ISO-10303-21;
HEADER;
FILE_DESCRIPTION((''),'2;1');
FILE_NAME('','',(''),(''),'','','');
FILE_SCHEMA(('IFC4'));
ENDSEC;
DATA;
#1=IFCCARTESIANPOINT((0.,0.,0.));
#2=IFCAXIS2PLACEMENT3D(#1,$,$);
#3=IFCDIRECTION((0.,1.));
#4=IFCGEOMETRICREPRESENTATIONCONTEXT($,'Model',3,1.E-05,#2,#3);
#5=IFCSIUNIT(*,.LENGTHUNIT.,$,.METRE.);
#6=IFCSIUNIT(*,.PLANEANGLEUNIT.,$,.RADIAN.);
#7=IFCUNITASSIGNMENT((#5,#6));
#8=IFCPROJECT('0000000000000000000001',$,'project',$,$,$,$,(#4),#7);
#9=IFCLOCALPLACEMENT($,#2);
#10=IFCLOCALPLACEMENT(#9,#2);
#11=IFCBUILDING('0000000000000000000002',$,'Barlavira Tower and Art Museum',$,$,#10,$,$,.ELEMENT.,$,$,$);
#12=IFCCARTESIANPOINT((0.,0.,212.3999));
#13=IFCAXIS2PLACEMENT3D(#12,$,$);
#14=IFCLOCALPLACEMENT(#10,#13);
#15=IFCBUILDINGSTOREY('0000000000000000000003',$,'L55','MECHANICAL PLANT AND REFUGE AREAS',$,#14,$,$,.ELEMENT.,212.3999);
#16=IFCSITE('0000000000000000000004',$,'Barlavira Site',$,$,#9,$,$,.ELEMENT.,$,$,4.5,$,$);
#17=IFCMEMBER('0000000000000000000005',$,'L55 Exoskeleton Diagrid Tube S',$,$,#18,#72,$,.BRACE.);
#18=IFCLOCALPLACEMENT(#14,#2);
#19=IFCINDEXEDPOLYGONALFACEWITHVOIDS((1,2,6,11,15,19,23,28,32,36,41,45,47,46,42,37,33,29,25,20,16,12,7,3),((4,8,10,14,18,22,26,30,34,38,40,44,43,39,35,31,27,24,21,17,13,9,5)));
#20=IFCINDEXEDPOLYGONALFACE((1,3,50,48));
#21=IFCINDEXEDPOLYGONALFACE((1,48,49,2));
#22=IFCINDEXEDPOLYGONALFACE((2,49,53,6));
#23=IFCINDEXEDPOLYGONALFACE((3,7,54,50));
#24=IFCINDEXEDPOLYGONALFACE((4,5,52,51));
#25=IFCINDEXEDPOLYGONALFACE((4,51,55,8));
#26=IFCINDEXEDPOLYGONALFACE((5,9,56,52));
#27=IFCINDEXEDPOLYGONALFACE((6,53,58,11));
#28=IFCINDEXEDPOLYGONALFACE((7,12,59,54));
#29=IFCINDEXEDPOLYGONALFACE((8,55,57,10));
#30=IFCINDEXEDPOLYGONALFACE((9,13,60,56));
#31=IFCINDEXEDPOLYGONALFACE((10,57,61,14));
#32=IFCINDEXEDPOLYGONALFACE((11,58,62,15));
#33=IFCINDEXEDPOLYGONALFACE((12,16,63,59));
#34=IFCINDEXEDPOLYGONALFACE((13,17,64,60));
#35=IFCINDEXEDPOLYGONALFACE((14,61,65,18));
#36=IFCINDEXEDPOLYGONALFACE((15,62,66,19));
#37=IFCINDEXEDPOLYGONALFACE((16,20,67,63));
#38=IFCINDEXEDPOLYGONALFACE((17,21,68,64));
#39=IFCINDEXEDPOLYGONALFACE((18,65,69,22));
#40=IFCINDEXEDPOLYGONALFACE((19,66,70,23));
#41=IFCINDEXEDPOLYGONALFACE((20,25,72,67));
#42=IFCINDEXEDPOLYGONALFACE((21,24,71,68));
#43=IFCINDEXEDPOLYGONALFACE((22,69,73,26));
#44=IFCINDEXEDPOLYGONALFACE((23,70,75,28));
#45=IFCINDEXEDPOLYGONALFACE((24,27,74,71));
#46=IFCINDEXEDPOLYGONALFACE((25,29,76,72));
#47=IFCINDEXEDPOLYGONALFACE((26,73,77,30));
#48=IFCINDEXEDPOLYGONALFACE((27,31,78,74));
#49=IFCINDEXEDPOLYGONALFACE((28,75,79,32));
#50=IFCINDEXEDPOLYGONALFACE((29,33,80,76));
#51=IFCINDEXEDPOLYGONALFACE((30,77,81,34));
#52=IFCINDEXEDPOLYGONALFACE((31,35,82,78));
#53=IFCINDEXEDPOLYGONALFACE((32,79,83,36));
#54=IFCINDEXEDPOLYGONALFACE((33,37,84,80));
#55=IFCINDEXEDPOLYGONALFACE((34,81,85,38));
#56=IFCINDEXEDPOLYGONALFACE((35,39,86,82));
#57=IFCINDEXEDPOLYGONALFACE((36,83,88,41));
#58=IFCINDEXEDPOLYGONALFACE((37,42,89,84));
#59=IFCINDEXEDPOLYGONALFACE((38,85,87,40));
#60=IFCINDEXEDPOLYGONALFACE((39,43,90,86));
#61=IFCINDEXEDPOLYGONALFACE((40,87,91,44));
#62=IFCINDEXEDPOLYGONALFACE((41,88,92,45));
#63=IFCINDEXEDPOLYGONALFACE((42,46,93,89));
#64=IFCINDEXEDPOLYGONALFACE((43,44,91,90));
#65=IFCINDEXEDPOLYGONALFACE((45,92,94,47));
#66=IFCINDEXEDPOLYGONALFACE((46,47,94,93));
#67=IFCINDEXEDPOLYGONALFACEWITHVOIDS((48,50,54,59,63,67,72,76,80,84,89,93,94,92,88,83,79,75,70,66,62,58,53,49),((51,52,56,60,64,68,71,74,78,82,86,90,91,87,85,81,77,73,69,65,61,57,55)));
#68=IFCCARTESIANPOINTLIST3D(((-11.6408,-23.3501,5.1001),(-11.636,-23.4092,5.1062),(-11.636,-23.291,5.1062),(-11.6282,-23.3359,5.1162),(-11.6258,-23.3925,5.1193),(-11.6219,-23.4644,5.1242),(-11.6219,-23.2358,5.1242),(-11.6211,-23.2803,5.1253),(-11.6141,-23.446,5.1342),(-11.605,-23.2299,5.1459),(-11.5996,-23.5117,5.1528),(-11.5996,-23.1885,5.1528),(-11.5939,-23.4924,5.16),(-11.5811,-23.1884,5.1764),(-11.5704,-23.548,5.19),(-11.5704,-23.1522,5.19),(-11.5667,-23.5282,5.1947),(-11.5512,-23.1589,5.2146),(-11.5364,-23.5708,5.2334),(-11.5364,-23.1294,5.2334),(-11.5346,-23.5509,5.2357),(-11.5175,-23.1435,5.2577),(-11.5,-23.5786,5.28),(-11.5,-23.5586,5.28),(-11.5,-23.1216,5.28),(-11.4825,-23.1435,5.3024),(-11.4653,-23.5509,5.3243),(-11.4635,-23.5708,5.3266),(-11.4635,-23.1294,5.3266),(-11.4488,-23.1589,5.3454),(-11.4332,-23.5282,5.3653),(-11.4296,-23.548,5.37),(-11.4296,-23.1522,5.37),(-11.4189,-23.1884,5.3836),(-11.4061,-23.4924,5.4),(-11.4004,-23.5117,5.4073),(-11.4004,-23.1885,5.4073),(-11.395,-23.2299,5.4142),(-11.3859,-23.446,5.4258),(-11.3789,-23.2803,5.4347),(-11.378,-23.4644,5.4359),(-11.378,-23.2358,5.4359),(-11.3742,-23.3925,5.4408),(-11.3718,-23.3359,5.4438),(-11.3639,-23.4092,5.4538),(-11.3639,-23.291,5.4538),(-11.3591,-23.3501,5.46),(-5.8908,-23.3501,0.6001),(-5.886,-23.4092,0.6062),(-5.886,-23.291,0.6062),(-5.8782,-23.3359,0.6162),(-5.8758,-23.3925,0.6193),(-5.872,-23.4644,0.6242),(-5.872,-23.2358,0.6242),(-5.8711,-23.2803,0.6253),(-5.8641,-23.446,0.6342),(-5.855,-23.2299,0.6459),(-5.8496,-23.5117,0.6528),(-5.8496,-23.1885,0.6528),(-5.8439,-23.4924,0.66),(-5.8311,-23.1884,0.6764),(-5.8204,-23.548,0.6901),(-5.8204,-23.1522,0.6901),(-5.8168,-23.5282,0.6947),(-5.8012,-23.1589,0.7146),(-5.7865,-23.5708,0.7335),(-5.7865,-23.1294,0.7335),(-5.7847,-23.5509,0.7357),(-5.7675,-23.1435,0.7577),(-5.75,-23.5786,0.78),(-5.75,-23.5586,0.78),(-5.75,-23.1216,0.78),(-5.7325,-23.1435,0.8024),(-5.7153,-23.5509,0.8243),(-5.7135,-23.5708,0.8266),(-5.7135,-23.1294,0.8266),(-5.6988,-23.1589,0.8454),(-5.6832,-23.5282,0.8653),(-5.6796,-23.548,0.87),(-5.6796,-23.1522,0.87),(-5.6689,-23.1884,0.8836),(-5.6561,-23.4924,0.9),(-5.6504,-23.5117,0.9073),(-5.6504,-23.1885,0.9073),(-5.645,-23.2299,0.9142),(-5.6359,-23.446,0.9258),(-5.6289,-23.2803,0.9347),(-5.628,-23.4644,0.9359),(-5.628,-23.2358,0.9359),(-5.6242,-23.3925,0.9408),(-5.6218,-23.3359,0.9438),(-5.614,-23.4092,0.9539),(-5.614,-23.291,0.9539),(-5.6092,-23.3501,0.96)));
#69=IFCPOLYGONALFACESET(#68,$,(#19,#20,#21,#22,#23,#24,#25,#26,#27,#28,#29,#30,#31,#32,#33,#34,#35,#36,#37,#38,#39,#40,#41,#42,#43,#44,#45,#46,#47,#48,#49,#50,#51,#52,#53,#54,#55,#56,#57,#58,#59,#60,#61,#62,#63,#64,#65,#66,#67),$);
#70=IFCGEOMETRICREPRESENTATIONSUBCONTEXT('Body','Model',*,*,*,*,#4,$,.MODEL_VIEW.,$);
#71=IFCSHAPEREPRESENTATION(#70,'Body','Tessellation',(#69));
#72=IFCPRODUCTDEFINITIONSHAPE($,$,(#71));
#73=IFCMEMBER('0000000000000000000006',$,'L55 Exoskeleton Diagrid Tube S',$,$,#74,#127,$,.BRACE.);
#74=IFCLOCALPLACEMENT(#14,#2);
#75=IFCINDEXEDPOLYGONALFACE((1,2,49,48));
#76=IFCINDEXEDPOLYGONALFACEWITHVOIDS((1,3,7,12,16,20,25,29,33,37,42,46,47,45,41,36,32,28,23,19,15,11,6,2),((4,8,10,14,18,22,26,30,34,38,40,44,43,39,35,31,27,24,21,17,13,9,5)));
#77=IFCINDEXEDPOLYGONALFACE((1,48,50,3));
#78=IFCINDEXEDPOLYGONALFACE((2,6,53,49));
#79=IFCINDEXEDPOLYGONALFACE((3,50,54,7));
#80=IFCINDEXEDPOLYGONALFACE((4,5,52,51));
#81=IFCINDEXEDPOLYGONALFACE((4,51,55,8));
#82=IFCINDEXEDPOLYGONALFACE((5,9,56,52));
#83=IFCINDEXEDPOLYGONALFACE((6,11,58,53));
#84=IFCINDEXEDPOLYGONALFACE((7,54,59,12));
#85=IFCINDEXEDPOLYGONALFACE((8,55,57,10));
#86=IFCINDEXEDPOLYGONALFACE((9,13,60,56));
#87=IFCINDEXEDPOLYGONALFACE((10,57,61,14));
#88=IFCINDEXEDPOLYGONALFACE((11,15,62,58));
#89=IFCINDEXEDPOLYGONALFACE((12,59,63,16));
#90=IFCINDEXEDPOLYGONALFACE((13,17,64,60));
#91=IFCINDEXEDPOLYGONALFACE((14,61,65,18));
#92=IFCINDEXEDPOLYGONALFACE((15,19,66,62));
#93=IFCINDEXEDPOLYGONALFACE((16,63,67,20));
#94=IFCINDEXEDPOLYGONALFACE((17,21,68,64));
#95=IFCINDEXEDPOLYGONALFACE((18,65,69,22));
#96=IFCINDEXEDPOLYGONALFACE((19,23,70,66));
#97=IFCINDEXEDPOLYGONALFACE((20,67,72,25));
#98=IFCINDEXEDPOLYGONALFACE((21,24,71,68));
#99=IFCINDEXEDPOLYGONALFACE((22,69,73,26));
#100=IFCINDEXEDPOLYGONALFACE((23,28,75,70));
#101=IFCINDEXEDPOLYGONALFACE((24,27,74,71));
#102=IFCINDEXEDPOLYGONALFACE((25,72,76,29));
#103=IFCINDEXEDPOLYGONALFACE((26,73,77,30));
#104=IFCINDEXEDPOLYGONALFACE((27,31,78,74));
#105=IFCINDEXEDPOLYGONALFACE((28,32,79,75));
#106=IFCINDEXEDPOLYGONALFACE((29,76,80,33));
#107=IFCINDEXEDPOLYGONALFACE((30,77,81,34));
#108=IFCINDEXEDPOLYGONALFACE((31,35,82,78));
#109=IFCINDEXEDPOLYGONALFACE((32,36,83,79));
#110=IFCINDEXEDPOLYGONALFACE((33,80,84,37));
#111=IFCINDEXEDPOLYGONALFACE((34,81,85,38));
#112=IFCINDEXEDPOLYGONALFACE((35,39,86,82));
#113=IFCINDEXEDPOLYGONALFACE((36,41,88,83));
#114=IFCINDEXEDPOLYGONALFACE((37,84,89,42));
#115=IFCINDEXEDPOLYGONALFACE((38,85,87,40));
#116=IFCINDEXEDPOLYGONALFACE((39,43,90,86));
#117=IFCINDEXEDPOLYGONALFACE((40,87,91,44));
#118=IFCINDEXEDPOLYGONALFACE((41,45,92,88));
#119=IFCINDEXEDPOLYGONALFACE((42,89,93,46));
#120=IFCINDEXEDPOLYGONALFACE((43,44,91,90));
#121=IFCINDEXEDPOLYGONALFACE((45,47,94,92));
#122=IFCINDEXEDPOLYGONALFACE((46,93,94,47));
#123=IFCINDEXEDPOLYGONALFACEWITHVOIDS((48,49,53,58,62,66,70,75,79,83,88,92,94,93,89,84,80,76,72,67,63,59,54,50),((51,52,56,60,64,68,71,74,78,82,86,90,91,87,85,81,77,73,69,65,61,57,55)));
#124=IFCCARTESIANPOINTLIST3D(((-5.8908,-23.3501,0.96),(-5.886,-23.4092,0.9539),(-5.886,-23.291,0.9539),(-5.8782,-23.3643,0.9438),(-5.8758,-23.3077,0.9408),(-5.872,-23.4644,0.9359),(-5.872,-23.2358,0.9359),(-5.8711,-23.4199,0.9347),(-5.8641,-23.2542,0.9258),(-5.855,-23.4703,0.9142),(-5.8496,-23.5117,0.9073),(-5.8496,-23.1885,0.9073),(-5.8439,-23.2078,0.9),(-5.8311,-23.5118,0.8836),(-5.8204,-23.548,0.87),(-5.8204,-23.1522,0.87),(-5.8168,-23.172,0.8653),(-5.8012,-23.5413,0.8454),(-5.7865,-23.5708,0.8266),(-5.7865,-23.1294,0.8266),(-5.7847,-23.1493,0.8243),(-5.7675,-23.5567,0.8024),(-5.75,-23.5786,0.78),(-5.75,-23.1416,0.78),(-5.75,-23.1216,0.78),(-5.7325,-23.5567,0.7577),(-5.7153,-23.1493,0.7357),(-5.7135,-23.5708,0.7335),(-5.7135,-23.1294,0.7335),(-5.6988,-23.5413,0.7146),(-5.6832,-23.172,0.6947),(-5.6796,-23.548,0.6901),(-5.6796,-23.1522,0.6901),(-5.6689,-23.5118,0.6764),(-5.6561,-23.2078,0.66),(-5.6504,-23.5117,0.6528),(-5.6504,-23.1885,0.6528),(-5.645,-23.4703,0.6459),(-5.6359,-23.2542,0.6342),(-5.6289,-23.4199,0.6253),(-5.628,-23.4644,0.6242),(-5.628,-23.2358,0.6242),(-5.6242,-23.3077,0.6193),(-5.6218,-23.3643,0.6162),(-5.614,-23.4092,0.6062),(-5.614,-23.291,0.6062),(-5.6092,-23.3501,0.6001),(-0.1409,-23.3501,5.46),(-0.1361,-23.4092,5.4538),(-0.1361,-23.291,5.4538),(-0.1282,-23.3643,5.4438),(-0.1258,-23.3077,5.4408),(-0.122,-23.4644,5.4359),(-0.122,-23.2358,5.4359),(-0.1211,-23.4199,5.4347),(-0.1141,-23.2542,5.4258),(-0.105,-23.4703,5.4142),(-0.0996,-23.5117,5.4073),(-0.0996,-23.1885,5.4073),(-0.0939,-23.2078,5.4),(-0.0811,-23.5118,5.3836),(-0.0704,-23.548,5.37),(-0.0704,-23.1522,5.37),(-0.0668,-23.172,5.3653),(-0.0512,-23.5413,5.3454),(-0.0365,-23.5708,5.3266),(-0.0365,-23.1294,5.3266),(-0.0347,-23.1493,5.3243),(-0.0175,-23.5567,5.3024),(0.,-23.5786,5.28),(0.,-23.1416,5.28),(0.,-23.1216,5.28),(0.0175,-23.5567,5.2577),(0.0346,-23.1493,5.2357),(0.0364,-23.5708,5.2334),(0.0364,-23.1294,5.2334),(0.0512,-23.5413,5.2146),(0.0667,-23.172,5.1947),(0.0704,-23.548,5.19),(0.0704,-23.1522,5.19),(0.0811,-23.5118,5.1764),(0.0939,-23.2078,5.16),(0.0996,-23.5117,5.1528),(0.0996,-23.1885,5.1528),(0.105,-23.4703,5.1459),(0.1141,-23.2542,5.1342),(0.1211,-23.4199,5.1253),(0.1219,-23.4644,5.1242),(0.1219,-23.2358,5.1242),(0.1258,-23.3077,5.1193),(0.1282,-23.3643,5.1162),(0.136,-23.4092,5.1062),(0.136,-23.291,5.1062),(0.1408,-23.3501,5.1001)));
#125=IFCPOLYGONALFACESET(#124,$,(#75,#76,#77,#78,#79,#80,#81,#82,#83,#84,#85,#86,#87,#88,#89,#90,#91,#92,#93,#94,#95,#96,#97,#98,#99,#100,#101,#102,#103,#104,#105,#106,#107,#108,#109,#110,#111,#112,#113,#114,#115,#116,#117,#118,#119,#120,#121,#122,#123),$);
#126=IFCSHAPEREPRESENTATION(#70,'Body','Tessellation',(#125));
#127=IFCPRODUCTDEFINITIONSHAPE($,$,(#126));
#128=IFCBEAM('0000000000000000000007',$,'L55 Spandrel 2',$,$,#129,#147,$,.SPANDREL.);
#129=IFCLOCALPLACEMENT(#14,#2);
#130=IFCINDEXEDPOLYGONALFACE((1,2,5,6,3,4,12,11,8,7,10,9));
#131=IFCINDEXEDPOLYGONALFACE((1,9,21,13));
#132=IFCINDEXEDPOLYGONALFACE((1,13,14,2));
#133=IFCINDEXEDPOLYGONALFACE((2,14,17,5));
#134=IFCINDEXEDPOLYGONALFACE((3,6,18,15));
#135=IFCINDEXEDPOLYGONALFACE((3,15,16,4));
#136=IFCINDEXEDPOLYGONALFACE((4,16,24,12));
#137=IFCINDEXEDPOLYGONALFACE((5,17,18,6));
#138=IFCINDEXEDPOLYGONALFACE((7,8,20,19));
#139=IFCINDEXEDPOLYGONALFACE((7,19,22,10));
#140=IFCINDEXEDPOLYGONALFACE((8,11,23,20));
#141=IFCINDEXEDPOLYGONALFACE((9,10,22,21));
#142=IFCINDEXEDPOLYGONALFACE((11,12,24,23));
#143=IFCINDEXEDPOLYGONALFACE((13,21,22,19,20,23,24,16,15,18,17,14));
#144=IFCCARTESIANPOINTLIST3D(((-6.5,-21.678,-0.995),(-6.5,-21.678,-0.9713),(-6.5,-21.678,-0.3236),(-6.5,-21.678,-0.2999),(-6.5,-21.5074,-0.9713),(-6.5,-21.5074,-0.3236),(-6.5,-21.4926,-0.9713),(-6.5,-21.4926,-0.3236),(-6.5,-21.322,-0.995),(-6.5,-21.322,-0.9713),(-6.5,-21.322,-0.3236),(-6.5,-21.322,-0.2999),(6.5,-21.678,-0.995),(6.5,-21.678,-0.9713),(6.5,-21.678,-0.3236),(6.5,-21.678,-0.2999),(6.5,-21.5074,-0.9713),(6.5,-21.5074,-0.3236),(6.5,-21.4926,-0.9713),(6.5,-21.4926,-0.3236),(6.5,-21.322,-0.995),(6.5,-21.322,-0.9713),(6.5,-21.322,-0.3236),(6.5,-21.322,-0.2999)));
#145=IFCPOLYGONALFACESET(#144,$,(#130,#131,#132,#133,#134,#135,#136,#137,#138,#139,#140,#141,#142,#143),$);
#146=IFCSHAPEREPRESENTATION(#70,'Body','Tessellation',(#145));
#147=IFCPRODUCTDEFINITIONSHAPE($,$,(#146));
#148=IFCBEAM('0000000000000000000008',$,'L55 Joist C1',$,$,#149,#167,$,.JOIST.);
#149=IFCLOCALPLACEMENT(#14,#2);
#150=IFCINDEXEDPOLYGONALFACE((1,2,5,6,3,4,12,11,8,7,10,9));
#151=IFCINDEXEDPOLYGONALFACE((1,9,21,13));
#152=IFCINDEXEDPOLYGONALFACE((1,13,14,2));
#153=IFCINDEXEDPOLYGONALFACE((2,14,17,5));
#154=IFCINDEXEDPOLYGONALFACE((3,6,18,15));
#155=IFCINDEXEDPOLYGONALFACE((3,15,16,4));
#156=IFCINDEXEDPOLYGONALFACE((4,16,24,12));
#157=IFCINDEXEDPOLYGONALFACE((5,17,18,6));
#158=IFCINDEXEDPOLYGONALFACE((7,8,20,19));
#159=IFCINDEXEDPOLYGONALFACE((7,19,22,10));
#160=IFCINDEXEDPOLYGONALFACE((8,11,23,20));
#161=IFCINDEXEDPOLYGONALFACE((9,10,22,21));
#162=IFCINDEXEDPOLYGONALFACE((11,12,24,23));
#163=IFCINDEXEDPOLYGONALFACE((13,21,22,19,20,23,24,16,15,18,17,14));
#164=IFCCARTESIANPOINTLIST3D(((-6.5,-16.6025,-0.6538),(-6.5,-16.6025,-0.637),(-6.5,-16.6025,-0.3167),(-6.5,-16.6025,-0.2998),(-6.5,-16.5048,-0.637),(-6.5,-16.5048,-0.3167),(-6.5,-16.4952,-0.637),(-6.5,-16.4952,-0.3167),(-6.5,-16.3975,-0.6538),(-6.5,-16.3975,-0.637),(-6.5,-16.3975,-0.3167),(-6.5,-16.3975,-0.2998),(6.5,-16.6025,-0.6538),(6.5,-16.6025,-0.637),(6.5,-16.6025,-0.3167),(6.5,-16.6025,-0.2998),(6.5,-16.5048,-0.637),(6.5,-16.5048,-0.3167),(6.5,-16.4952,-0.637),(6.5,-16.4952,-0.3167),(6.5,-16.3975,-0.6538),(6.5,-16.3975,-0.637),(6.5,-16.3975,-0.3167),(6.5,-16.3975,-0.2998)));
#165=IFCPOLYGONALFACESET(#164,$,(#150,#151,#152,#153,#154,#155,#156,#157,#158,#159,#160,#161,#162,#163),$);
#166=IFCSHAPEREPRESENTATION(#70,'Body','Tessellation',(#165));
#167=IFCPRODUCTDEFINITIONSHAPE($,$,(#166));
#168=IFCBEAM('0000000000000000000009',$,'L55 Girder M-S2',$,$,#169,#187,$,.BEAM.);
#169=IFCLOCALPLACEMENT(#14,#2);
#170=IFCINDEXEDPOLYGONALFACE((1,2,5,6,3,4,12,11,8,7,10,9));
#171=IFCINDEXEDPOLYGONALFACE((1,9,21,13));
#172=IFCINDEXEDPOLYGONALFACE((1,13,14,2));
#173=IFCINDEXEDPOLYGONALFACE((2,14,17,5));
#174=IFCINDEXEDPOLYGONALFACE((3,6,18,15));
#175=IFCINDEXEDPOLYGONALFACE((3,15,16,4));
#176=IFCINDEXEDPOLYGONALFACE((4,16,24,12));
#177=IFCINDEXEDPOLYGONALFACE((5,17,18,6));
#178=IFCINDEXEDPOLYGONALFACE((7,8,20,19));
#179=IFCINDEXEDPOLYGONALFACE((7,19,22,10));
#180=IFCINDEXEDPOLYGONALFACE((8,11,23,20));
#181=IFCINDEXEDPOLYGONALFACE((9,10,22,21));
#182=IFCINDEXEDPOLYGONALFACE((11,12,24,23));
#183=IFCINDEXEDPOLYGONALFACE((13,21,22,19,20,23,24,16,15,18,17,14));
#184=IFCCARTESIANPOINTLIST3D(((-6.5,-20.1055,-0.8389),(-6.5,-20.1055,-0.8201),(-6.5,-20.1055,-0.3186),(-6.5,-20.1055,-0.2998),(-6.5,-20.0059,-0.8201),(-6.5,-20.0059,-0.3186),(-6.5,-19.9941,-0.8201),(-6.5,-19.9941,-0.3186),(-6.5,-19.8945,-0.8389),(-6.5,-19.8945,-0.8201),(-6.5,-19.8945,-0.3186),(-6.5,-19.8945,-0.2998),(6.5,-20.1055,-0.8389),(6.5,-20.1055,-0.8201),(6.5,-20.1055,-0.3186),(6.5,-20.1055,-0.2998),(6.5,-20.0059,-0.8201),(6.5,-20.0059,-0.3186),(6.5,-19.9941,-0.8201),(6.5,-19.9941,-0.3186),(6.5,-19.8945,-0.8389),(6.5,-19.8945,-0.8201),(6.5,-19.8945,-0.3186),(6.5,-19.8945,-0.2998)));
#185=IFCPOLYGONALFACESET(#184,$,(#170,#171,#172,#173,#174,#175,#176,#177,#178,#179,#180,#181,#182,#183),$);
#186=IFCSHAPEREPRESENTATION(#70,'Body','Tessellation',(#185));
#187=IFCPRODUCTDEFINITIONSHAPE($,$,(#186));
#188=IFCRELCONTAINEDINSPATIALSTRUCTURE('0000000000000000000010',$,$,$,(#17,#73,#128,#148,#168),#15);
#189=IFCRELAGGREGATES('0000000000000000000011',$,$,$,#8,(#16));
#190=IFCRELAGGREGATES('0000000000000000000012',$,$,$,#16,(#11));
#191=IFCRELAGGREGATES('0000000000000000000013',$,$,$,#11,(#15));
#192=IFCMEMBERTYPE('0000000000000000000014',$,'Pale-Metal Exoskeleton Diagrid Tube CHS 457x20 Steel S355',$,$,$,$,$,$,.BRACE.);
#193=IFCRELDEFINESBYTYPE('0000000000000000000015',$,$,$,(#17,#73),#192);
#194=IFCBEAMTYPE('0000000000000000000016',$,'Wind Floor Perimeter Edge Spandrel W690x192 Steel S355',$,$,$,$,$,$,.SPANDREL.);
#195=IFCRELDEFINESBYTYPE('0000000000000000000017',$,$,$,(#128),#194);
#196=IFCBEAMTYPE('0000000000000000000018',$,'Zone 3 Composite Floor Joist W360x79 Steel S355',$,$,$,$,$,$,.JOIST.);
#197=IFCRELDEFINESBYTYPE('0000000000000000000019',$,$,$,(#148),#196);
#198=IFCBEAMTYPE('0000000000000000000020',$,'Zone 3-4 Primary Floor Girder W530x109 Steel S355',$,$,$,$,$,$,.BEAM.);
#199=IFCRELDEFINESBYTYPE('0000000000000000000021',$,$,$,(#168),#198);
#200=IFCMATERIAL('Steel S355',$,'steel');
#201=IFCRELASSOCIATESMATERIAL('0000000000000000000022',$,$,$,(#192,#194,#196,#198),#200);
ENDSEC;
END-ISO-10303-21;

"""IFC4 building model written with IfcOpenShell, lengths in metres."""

from ifc_helpers import new_model, si_unit, direction, frame, origin, origin_2d, place, context, subcontext, project, spatial, hollow_circle, i_section, extrude, material, material_profile, profile_set, type_object, element, save


model = new_model("IFC4")

# Units and contexts
model_context = context("Model", 3, precision=1e-05, world=origin(), true_north=direction((0.0, 1.0)))
body_context = subcontext(model_context, "Body", "Model", "MODEL_VIEW")
ifc_project = project(units=[si_unit("LENGTHUNIT", "METRE"), si_unit("PLANEANGLEUNIT", "RADIAN")], contexts=[model_context])

# Site, building, storey
site_placement = place(None, origin())
site = spatial("IfcSite", under=ifc_project, at=site_placement, Name="Barlavira Site", CompositionType="ELEMENT", RefElevation=4.5)
building_placement = place(site_placement, origin())
building = spatial("IfcBuilding", under=site, at=building_placement, Name="Barlavira Tower and Art Museum", CompositionType="ELEMENT")
storey_placement = place(building_placement, frame((0.0, 0.0, 212.3999)))
storey = spatial("IfcBuildingStorey", under=building, at=storey_placement, Name="L55", Description="MECHANICAL PLANT AND REFUGE AREAS", CompositionType="ELEMENT", Elevation=212.3999)

# Members
ifc_material_1 = material(Name="Steel S355", Category="steel")
ifc_material_profile_1 = material_profile(ifc_material_1, hollow_circle(Radius=0.2285, WallThickness=0.02, at=origin_2d()), Name="CHS 457.0x20.0")
ifc_profile_set_1 = profile_set([ifc_material_profile_1], Name="Steel S355")
member_type_1 = type_object("IfcMemberType", Name="Pale-Metal Exoskeleton Diagrid Tube CHS 457x20 Steel S355", PredefinedType="BRACE", material=ifc_profile_set_1)
for number, where, z_axis, x_axis, name in (
    (1, (-5.75, -23.3501, 0.78), (-0.787505, 0.0, 0.616308), (0.0, -1.0, 0.0), "L55 Exoskeleton Diagrid Tube S"),
    (2, (-5.75, -23.3501, 0.78), (0.787505, 0.0, 0.616308), (0.0, 1.0, 0.0), "L55 Exoskeleton Diagrid Tube S"),
):
    element("IfcMember", number, at=place(storey_placement, frame(where, z_axis=z_axis, x_axis=x_axis)), inside=storey, type_object=member_type_1, Name=name, PredefinedType="BRACE", context=body_context, shape_type="SweptSolid", body=[
        extrude(hollow_circle(Radius=0.2285, WallThickness=0.02, at=origin_2d()), origin(), (0.0, 0.0, 1.0), 7.3015),
    ])

# Beams
ifc_material_profile_2 = material_profile(ifc_material_1, i_section(OverallWidth=0.356, OverallDepth=0.6951, WebThickness=0.0149, FlangeThickness=0.0237, at=origin_2d()), Name="W690x192.0")
ifc_profile_set_2 = profile_set([ifc_material_profile_2], Name="Steel S355")
beam_type_1 = type_object("IfcBeamType", Name="Wind Floor Perimeter Edge Spandrel W690x192 Steel S355", PredefinedType="SPANDREL", material=ifc_profile_set_2)
beam_1_placement = place(storey_placement, frame((-6.5, -21.5, -0.6475), z_axis=(1.0, 0.0, 0.0), x_axis=(0.0, 1.0, 0.0)))
element("IfcBeam", 3, at=beam_1_placement, inside=storey, type_object=beam_type_1, Name="L55 Spandrel 2", PredefinedType="SPANDREL", context=body_context, shape_type="SweptSolid", body=[
    extrude(i_section(OverallWidth=0.356, OverallDepth=0.6951, WebThickness=0.0149, FlangeThickness=0.0237, at=origin_2d()), origin(), (0.0, 0.0, 1.0), 13.0),
])
ifc_material_profile_3 = material_profile(ifc_material_1, i_section(OverallWidth=0.2051, OverallDepth=0.354, WebThickness=0.0095, FlangeThickness=0.0168, at=origin_2d()), Name="W360x79.0")
ifc_profile_set_3 = profile_set([ifc_material_profile_3], Name="Steel S355")
beam_type_2 = type_object("IfcBeamType", Name="Zone 3 Composite Floor Joist W360x79 Steel S355", PredefinedType="JOIST", material=ifc_profile_set_3)
beam_2_placement = place(storey_placement, frame((-6.5, -16.5, -0.4768), z_axis=(1.0, 0.0, 0.0), x_axis=(0.0, 1.0, 0.0)))
element("IfcBeam", 4, at=beam_2_placement, inside=storey, type_object=beam_type_2, Name="L55 Joist C1", PredefinedType="JOIST", context=body_context, shape_type="SweptSolid", body=[
    extrude(i_section(OverallWidth=0.2051, OverallDepth=0.354, WebThickness=0.0095, FlangeThickness=0.0168, at=origin_2d()), origin(), (0.0, 0.0, 1.0), 13.0),
])
ifc_material_profile_4 = material_profile(ifc_material_1, i_section(OverallWidth=0.2109, OverallDepth=0.5391, WebThickness=0.0117, FlangeThickness=0.0188, at=origin_2d()), Name="W530x109.0")
ifc_profile_set_4 = profile_set([ifc_material_profile_4], Name="Steel S355")
beam_type_3 = type_object("IfcBeamType", Name="Zone 3-4 Primary Floor Girder W530x109 Steel S355", PredefinedType="BEAM", material=ifc_profile_set_4)
beam_3_placement = place(storey_placement, frame((-6.5, -20.0, -0.5693), z_axis=(1.0, 0.0, 0.0), x_axis=(0.0, 1.0, 0.0)))
element("IfcBeam", 5, at=beam_3_placement, inside=storey, type_object=beam_type_3, Name="L55 Girder M-S2", PredefinedType="BEAM", context=body_context, shape_type="SweptSolid", body=[
    extrude(i_section(OverallWidth=0.2109, OverallDepth=0.5391, WebThickness=0.0117, FlangeThickness=0.0188, at=origin_2d()), origin(), (0.0, 0.0, 1.0), 13.0),
])

save(model, "model.ifc")
